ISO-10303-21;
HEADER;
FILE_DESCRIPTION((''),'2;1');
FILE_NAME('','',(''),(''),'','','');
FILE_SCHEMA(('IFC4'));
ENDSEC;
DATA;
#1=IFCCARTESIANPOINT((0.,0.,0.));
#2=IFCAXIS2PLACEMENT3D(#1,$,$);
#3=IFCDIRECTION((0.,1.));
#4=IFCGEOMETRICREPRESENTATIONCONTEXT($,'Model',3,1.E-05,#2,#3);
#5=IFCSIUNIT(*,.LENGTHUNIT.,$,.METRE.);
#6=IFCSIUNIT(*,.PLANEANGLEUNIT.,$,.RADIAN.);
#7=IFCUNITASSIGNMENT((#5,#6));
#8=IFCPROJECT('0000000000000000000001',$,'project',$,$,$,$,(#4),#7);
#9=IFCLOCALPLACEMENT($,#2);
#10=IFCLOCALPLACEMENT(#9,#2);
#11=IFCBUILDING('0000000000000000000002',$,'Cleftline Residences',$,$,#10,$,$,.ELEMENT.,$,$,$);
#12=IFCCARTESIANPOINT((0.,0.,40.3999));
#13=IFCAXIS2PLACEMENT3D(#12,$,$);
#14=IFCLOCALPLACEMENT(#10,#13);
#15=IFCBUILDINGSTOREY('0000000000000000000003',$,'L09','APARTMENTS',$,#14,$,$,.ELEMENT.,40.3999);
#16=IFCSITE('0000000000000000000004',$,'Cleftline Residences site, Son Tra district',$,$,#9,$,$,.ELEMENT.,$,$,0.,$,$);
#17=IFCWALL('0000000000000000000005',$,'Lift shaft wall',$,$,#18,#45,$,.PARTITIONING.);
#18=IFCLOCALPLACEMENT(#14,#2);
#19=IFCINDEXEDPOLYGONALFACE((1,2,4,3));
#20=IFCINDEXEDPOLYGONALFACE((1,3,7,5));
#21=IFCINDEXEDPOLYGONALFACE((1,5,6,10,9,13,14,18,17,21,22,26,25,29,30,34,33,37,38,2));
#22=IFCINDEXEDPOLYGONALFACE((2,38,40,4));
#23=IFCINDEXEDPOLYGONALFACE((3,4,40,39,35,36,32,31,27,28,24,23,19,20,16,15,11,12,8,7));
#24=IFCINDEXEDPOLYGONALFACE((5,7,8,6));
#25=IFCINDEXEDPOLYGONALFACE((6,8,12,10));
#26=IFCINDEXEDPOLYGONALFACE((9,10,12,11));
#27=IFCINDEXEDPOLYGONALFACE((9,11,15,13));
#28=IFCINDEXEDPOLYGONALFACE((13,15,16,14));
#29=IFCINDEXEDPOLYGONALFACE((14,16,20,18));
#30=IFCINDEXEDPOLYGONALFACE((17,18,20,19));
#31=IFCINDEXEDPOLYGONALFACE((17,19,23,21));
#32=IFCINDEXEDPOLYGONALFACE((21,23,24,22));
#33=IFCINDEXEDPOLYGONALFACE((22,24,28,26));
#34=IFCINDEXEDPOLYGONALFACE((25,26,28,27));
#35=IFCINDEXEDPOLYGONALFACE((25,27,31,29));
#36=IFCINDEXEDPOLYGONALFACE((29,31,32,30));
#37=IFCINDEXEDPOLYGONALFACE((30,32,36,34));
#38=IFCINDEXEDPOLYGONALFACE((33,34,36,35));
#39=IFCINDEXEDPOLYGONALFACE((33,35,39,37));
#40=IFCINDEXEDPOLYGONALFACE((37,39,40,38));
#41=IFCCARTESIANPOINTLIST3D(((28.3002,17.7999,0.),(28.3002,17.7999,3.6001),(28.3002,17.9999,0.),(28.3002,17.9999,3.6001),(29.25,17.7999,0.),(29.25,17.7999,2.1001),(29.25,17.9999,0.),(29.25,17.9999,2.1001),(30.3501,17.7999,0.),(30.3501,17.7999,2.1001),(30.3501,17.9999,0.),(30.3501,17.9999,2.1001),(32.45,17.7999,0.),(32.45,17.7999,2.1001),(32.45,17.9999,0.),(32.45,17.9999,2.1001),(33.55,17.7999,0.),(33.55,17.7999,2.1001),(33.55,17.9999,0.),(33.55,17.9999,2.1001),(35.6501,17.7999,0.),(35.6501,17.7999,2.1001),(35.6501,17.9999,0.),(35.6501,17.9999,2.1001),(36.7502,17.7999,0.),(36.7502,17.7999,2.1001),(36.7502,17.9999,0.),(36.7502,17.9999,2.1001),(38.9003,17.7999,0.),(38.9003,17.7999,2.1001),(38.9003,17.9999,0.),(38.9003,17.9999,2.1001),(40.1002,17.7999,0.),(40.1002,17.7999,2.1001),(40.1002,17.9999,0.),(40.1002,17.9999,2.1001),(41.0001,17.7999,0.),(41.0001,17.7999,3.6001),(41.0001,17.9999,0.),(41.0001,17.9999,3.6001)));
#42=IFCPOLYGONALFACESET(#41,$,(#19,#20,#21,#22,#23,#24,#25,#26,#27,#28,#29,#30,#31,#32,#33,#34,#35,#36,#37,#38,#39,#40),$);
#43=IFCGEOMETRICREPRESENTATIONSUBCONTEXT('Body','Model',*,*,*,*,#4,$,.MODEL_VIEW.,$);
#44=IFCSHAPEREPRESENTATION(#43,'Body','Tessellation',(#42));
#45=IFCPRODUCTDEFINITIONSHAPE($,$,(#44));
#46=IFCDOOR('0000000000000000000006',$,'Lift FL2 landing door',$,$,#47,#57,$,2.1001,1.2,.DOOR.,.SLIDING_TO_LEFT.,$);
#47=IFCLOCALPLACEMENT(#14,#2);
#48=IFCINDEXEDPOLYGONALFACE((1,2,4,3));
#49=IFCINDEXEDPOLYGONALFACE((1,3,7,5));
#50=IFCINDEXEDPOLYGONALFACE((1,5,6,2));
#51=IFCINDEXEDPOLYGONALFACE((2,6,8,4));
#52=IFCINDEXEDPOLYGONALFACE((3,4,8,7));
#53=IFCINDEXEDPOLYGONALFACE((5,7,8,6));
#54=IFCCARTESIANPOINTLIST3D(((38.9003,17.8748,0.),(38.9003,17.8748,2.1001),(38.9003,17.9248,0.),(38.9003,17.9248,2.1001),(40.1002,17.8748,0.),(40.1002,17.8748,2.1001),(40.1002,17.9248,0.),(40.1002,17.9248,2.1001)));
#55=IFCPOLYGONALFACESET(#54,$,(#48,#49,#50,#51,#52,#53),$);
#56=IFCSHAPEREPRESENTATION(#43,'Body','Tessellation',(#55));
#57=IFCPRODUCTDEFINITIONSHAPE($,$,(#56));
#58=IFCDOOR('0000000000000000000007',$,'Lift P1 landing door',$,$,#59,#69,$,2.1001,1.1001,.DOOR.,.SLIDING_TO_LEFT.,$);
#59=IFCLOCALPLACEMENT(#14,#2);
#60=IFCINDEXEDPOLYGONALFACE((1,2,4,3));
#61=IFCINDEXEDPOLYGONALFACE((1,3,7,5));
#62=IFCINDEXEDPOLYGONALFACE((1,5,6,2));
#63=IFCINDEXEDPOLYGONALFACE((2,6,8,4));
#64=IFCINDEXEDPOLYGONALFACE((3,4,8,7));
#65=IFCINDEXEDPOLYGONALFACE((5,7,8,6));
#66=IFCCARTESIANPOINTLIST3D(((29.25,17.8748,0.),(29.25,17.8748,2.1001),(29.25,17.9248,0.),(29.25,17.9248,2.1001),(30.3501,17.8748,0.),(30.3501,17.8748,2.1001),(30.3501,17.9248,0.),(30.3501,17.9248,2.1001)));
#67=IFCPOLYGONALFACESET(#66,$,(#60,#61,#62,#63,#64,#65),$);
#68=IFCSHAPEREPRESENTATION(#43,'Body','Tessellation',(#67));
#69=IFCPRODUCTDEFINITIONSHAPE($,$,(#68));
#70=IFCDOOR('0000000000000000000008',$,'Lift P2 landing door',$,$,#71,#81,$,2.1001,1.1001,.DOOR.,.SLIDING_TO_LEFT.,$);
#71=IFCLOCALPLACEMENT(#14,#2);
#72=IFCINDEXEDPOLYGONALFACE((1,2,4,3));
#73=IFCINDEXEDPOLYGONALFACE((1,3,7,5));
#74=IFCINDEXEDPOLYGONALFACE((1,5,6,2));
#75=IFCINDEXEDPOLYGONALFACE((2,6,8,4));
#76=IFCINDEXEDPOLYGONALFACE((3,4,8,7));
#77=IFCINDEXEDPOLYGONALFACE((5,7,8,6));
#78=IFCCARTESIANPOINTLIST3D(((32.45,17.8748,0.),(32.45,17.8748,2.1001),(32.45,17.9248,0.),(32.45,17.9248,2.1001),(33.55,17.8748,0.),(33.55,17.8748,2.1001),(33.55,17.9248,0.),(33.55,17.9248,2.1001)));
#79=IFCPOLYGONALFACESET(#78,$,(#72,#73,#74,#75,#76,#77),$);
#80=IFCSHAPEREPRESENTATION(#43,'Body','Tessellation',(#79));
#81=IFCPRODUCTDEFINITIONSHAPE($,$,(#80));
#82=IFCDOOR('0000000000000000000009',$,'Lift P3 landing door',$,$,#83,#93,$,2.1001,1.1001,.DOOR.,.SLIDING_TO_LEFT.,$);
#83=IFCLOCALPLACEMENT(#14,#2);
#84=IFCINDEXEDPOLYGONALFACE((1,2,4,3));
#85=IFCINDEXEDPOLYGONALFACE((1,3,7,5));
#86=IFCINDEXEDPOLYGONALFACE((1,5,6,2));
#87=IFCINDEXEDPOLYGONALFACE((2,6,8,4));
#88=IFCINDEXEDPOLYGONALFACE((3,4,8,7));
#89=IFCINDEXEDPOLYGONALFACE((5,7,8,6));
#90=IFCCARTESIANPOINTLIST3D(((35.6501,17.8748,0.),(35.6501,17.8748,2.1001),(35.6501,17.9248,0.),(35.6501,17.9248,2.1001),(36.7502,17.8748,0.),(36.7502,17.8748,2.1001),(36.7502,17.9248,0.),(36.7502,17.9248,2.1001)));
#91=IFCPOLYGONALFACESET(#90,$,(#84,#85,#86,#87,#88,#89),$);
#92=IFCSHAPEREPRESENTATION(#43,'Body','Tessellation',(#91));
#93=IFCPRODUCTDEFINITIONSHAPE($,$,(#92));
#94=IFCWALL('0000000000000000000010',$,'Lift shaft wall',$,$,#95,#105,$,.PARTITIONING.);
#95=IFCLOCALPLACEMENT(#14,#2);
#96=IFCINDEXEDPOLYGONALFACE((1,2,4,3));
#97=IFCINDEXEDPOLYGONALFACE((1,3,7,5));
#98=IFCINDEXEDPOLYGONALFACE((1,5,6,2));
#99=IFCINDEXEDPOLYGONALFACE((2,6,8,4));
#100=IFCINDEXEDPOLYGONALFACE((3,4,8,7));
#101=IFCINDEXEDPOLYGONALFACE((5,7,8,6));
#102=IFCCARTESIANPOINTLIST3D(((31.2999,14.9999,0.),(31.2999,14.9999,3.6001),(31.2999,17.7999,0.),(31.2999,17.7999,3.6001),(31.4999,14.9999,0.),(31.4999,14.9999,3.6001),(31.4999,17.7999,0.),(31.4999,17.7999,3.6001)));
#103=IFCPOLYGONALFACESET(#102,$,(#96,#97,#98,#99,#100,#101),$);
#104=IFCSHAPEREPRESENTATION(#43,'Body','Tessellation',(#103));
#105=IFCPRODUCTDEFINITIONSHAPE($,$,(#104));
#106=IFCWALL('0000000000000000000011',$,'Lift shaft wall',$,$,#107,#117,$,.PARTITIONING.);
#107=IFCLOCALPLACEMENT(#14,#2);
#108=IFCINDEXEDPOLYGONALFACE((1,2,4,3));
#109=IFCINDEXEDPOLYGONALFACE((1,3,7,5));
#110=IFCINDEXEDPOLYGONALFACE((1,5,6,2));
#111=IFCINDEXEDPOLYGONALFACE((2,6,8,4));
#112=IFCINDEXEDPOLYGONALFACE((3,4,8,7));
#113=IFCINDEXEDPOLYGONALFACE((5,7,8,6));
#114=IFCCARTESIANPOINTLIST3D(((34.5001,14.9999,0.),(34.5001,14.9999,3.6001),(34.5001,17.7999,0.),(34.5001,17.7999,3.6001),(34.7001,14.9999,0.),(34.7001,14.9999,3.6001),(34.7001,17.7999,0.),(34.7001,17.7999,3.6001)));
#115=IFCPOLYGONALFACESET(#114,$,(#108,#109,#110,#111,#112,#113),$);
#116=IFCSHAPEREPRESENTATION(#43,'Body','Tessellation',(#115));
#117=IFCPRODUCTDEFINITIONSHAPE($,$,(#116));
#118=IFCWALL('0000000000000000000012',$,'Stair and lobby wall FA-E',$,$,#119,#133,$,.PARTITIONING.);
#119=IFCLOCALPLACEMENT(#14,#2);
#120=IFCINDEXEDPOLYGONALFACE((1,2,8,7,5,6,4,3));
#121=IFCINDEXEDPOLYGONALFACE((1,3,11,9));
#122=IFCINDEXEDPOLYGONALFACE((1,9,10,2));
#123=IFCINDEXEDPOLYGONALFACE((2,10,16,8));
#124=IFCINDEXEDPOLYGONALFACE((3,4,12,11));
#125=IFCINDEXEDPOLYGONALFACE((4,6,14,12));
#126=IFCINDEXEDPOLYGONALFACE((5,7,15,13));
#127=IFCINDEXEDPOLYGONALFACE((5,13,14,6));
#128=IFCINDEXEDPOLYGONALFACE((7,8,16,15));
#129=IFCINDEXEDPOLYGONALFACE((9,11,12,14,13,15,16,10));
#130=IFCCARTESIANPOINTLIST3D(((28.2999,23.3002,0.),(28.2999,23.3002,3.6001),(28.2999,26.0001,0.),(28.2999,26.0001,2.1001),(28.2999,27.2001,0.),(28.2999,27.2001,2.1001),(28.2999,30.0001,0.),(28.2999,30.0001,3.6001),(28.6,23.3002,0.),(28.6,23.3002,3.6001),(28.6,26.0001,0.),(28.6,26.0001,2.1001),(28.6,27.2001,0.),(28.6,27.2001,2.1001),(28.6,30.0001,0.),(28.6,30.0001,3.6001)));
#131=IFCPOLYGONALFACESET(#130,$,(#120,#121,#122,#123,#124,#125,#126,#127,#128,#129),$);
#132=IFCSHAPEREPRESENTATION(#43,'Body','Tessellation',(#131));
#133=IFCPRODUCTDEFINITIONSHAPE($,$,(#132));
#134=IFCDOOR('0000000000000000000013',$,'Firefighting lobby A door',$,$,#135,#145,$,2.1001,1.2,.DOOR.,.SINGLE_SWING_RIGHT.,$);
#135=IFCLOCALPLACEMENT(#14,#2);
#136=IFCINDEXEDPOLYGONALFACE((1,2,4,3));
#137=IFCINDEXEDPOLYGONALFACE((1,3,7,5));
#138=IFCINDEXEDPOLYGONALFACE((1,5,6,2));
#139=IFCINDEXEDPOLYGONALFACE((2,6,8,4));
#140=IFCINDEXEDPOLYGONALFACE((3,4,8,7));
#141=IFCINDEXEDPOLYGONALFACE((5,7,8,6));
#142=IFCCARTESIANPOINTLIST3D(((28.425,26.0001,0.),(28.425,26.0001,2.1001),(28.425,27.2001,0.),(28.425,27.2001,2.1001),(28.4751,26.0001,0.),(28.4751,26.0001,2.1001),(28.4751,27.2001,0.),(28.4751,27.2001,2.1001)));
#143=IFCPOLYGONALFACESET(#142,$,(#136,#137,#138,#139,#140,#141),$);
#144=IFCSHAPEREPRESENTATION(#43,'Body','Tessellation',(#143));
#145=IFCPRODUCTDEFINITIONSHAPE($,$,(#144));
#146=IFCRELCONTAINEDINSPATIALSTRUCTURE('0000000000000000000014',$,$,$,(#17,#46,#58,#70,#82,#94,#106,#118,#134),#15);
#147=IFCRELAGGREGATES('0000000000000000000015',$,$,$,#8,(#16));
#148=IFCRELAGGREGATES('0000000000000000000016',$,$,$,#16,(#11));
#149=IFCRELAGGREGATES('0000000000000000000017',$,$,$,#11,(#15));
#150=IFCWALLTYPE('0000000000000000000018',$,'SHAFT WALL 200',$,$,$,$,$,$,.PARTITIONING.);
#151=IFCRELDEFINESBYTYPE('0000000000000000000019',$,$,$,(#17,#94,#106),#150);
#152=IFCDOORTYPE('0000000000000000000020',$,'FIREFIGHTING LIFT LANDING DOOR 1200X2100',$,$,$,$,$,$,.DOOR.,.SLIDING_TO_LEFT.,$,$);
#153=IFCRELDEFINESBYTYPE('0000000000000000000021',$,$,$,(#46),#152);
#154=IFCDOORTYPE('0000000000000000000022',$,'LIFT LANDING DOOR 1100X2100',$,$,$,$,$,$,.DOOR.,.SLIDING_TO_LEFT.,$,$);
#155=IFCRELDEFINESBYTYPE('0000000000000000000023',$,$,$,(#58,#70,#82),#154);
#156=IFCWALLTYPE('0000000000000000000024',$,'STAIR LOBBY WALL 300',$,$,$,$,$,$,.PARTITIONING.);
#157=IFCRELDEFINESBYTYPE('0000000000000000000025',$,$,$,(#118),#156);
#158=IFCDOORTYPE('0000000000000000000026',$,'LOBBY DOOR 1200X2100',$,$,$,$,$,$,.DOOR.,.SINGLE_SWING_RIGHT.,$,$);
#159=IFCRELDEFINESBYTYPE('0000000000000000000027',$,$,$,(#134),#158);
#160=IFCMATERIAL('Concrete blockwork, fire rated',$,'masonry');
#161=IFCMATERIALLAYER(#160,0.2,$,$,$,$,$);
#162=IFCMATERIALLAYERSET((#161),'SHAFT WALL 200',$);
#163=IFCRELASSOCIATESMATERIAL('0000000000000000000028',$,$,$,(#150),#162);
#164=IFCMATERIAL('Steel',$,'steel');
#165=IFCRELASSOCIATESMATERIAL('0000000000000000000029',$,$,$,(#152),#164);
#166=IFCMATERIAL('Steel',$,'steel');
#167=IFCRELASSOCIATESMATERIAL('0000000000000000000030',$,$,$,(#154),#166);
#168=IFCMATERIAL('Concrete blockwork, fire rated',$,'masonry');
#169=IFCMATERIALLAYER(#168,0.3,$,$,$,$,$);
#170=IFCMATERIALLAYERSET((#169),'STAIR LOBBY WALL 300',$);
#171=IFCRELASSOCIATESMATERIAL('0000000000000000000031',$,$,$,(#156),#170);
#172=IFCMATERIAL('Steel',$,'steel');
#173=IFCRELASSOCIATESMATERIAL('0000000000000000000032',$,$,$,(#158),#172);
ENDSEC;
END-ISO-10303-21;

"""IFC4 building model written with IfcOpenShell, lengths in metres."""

from ifc_helpers import new_model, si_unit, direction, frame, frame_2d, origin, place, context, subcontext, project, spatial, rectangle, extrude, material, layer, layer_set, type_object, element, fill, save


model = new_model("IFC4")

# Units and contexts
model_context = context("Model", 3, precision=1e-05, world=origin(), true_north=direction((0.0, 1.0)))
body_context = subcontext(model_context, "Body", "Model", "MODEL_VIEW")
ifc_project = project(units=[si_unit("LENGTHUNIT", "METRE"), si_unit("PLANEANGLEUNIT", "RADIAN")], contexts=[model_context])

# Site, building, storey
site_placement = place(None, origin())
site = spatial("IfcSite", under=ifc_project, at=site_placement, Name="Cleftline Residences site, Son Tra district", CompositionType="ELEMENT", RefElevation=0.0)
building_placement = place(site_placement, origin())
building = spatial("IfcBuilding", under=site, at=building_placement, Name="Cleftline Residences", CompositionType="ELEMENT")
storey_placement = place(building_placement, frame((0.0, 0.0, 40.3999)))
storey = spatial("IfcBuildingStorey", under=building, at=storey_placement, Name="L09", Description="APARTMENTS", CompositionType="ELEMENT", Elevation=40.3999)

# Wall, openings, doors
ifc_material_1 = material(Name="Concrete blockwork, fire rated", Category="masonry")
ifc_layer_1 = layer(ifc_material_1, 0.2)
ifc_layer_set_1 = layer_set([ifc_layer_1], Name="SHAFT WALL 200")
wall_type_1 = type_object("IfcWallType", Name="SHAFT WALL 200", PredefinedType="PARTITIONING", material=ifc_layer_set_1)
wall_1_placement = place(storey_placement, frame((28.3, 17.8999, 0.0), z_axis=(0.0, 0.0, 1.0), x_axis=(1.0, 0.0, 0.0)))
wall_1 = element("IfcWall", 1, at=wall_1_placement, inside=storey, type_object=wall_type_1, Name="Lift shaft wall", PredefinedType="PARTITIONING", context=body_context, shape_type="SweptSolid", body=[
    extrude(rectangle(XDim=12.7, YDim=0.2, at=frame_2d((6.3501, 0.0))), origin(), (0.0, 0.0, 1.0), 3.6001),
])
opening_1_placement = place(wall_1_placement, frame((0.95, 0.0, 0.0)))
opening_1 = element("IfcOpeningElement", 2, at=opening_1_placement, cuts=wall_1, PredefinedType="OPENING", context=body_context, shape_type="SweptSolid", body=[
    extrude(rectangle(XDim=1.1001, YDim=2.1001, at=frame_2d((0.55, 1.05))), frame((0.0, 0.1099, 0.0), z_axis=(0.0, -1.0, 0.0), x_axis=(1.0, 0.0, 0.0)), (0.0, 0.0, 1.0), 0.22),
])
opening_2_placement = place(wall_1_placement, frame((4.1499, 0.0, 0.0)))
opening_2 = element("IfcOpeningElement", 3, at=opening_2_placement, cuts=wall_1, PredefinedType="OPENING", context=body_context, shape_type="SweptSolid", body=[
    extrude(rectangle(XDim=1.1001, YDim=2.1001, at=frame_2d((0.55, 1.05))), frame((0.0, 0.1099, 0.0), z_axis=(0.0, -1.0, 0.0), x_axis=(1.0, 0.0, 0.0)), (0.0, 0.0, 1.0), 0.22),
])
opening_3_placement = place(wall_1_placement, frame((7.3501, 0.0, 0.0)))
opening_3 = element("IfcOpeningElement", 4, at=opening_3_placement, cuts=wall_1, PredefinedType="OPENING", context=body_context, shape_type="SweptSolid", body=[
    extrude(rectangle(XDim=1.1001, YDim=2.1001, at=frame_2d((0.55, 1.05))), frame((0.0, 0.1099, 0.0), z_axis=(0.0, -1.0, 0.0), x_axis=(1.0, 0.0, 0.0)), (0.0, 0.0, 1.0), 0.22),
])
opening_4_placement = place(wall_1_placement, frame((10.6001, 0.0, 0.0)))
opening_4 = element("IfcOpeningElement", 5, at=opening_4_placement, cuts=wall_1, PredefinedType="OPENING", context=body_context, shape_type="SweptSolid", body=[
    extrude(rectangle(XDim=1.2, YDim=2.1001, at=frame_2d((0.6001, 1.05))), frame((0.0, 0.1099, 0.0), z_axis=(0.0, -1.0, 0.0), x_axis=(1.0, 0.0, 0.0)), (0.0, 0.0, 1.0), 0.22),
])
ifc_material_2 = material(Name="Steel", Category="steel")
door_type_1 = type_object("IfcDoorType", Name="FIREFIGHTING LIFT LANDING DOOR 1200X2100", OperationType="SLIDING_TO_LEFT", PredefinedType="DOOR", material=ifc_material_2)
door_1_placement = place(opening_4_placement, origin())
door_1 = element("IfcDoor", 6, at=door_1_placement, inside=storey, type_object=door_type_1, Name="Lift FL2 landing door", OperationType="SLIDING_TO_LEFT", OverallHeight=2.1001, OverallWidth=1.2, PredefinedType="DOOR", context=body_context, shape_type="SweptSolid", body=[
    extrude(rectangle(XDim=1.2, YDim=2.1001, at=frame_2d((0.6001, 1.05))), frame((0.0, 0.0249, 0.0), z_axis=(0.0, -1.0, 0.0), x_axis=(1.0, 0.0, 0.0)), (0.0, 0.0, 1.0), 0.05),
])
fill(opening_4, door_1)
ifc_material_3 = material(Name="Steel", Category="steel")
door_type_2 = type_object("IfcDoorType", Name="LIFT LANDING DOOR 1100X2100", OperationType="SLIDING_TO_LEFT", PredefinedType="DOOR", material=ifc_material_3)
door_2_placement = place(opening_1_placement, origin())
door_2 = element("IfcDoor", 7, at=door_2_placement, inside=storey, type_object=door_type_2, Name="Lift P1 landing door", OperationType="SLIDING_TO_LEFT", OverallHeight=2.1001, OverallWidth=1.1001, PredefinedType="DOOR", context=body_context, shape_type="SweptSolid", body=[
    extrude(rectangle(XDim=1.1001, YDim=2.1001, at=frame_2d((0.55, 1.05))), frame((0.0, 0.0249, 0.0), z_axis=(0.0, -1.0, 0.0), x_axis=(1.0, 0.0, 0.0)), (0.0, 0.0, 1.0), 0.05),
])
fill(opening_1, door_2)
door_3_placement = place(opening_2_placement, origin())
door_3 = element("IfcDoor", 8, at=door_3_placement, inside=storey, type_object=door_type_2, Name="Lift P2 landing door", OperationType="SLIDING_TO_LEFT", OverallHeight=2.1001, OverallWidth=1.1001, PredefinedType="DOOR", context=body_context, shape_type="SweptSolid", body=[
    extrude(rectangle(XDim=1.1001, YDim=2.1001, at=frame_2d((0.55, 1.05))), frame((0.0, 0.0249, 0.0), z_axis=(0.0, -1.0, 0.0), x_axis=(1.0, 0.0, 0.0)), (0.0, 0.0, 1.0), 0.05),
])
fill(opening_2, door_3)
door_4_placement = place(opening_3_placement, origin())
door_4 = element("IfcDoor", 9, at=door_4_placement, inside=storey, type_object=door_type_2, Name="Lift P3 landing door", OperationType="SLIDING_TO_LEFT", OverallHeight=2.1001, OverallWidth=1.1001, PredefinedType="DOOR", context=body_context, shape_type="SweptSolid", body=[
    extrude(rectangle(XDim=1.1001, YDim=2.1001, at=frame_2d((0.55, 1.05))), frame((0.0, 0.0249, 0.0), z_axis=(0.0, -1.0, 0.0), x_axis=(1.0, 0.0, 0.0)), (0.0, 0.0, 1.0), 0.05),
])
fill(opening_3, door_4)

# Walls
for number, where, z_axis, x_axis, name in (
    (10, (31.3999, 15.0, 0.0), (0.0, 0.0, 1.0), (0.0, 1.0, 0.0), "Lift shaft wall"),
    (11, (34.6001, 15.0, 0.0), (0.0, 0.0, 1.0), (0.0, 1.0, 0.0), "Lift shaft wall"),
):
    element("IfcWall", number, at=place(storey_placement, frame(where, z_axis=z_axis, x_axis=x_axis)), inside=storey, type_object=wall_type_1, Name=name, PredefinedType="PARTITIONING", context=body_context, shape_type="SweptSolid", body=[
        extrude(rectangle(XDim=2.8, YDim=0.2, at=frame_2d((1.3999, 0.0))), origin(), (0.0, 0.0, 1.0), 3.6001),
    ])

# Wall, opening, door
ifc_material_4 = material(Name="Concrete blockwork, fire rated", Category="masonry")
ifc_layer_2 = layer(ifc_material_4, 0.3)
ifc_layer_set_2 = layer_set([ifc_layer_2], Name="STAIR LOBBY WALL 300")
wall_type_2 = type_object("IfcWallType", Name="STAIR LOBBY WALL 300", PredefinedType="PARTITIONING", material=ifc_layer_set_2)
wall_2_placement = place(storey_placement, frame((28.45, 23.3, 0.0), z_axis=(0.0, 0.0, 1.0), x_axis=(0.0, 1.0, 0.0)))
wall_2 = element("IfcWall", 12, at=wall_2_placement, inside=storey, type_object=wall_type_2, Name="Stair and lobby wall FA-E", PredefinedType="PARTITIONING", context=body_context, shape_type="SweptSolid", body=[
    extrude(rectangle(XDim=6.7, YDim=0.3, at=frame_2d((3.3501, 0.0))), origin(), (0.0, 0.0, 1.0), 3.6001),
])
opening_5_placement = place(wall_2_placement, frame((2.7, 0.0, 0.0)))
opening_5 = element("IfcOpeningElement", 13, at=opening_5_placement, cuts=wall_2, PredefinedType="OPENING", context=body_context, shape_type="SweptSolid", body=[
    extrude(rectangle(XDim=1.2, YDim=2.1001, at=frame_2d((0.6001, 1.05))), frame((0.0, 0.1599, 0.0), z_axis=(0.0, -1.0, 0.0), x_axis=(1.0, 0.0, 0.0)), (0.0, 0.0, 1.0), 0.3201),
])
ifc_material_5 = material(Name="Steel", Category="steel")
door_type_3 = type_object("IfcDoorType", Name="LOBBY DOOR 1200X2100", OperationType="SINGLE_SWING_RIGHT", PredefinedType="DOOR", material=ifc_material_5)
door_5_placement = place(opening_5_placement, origin())
door_5 = element("IfcDoor", 14, at=door_5_placement, inside=storey, type_object=door_type_3, Name="Firefighting lobby A door", OperationType="SINGLE_SWING_RIGHT", OverallHeight=2.1001, OverallWidth=1.2, PredefinedType="DOOR", context=body_context, shape_type="SweptSolid", body=[
    extrude(rectangle(XDim=1.2, YDim=2.1001, at=frame_2d((0.6001, 1.05))), frame((0.0, 0.0249, 0.0), z_axis=(0.0, -1.0, 0.0), x_axis=(1.0, 0.0, 0.0)), (0.0, 0.0, 1.0), 0.05),
])
fill(opening_5, door_5)

save(model, "model.ifc")
